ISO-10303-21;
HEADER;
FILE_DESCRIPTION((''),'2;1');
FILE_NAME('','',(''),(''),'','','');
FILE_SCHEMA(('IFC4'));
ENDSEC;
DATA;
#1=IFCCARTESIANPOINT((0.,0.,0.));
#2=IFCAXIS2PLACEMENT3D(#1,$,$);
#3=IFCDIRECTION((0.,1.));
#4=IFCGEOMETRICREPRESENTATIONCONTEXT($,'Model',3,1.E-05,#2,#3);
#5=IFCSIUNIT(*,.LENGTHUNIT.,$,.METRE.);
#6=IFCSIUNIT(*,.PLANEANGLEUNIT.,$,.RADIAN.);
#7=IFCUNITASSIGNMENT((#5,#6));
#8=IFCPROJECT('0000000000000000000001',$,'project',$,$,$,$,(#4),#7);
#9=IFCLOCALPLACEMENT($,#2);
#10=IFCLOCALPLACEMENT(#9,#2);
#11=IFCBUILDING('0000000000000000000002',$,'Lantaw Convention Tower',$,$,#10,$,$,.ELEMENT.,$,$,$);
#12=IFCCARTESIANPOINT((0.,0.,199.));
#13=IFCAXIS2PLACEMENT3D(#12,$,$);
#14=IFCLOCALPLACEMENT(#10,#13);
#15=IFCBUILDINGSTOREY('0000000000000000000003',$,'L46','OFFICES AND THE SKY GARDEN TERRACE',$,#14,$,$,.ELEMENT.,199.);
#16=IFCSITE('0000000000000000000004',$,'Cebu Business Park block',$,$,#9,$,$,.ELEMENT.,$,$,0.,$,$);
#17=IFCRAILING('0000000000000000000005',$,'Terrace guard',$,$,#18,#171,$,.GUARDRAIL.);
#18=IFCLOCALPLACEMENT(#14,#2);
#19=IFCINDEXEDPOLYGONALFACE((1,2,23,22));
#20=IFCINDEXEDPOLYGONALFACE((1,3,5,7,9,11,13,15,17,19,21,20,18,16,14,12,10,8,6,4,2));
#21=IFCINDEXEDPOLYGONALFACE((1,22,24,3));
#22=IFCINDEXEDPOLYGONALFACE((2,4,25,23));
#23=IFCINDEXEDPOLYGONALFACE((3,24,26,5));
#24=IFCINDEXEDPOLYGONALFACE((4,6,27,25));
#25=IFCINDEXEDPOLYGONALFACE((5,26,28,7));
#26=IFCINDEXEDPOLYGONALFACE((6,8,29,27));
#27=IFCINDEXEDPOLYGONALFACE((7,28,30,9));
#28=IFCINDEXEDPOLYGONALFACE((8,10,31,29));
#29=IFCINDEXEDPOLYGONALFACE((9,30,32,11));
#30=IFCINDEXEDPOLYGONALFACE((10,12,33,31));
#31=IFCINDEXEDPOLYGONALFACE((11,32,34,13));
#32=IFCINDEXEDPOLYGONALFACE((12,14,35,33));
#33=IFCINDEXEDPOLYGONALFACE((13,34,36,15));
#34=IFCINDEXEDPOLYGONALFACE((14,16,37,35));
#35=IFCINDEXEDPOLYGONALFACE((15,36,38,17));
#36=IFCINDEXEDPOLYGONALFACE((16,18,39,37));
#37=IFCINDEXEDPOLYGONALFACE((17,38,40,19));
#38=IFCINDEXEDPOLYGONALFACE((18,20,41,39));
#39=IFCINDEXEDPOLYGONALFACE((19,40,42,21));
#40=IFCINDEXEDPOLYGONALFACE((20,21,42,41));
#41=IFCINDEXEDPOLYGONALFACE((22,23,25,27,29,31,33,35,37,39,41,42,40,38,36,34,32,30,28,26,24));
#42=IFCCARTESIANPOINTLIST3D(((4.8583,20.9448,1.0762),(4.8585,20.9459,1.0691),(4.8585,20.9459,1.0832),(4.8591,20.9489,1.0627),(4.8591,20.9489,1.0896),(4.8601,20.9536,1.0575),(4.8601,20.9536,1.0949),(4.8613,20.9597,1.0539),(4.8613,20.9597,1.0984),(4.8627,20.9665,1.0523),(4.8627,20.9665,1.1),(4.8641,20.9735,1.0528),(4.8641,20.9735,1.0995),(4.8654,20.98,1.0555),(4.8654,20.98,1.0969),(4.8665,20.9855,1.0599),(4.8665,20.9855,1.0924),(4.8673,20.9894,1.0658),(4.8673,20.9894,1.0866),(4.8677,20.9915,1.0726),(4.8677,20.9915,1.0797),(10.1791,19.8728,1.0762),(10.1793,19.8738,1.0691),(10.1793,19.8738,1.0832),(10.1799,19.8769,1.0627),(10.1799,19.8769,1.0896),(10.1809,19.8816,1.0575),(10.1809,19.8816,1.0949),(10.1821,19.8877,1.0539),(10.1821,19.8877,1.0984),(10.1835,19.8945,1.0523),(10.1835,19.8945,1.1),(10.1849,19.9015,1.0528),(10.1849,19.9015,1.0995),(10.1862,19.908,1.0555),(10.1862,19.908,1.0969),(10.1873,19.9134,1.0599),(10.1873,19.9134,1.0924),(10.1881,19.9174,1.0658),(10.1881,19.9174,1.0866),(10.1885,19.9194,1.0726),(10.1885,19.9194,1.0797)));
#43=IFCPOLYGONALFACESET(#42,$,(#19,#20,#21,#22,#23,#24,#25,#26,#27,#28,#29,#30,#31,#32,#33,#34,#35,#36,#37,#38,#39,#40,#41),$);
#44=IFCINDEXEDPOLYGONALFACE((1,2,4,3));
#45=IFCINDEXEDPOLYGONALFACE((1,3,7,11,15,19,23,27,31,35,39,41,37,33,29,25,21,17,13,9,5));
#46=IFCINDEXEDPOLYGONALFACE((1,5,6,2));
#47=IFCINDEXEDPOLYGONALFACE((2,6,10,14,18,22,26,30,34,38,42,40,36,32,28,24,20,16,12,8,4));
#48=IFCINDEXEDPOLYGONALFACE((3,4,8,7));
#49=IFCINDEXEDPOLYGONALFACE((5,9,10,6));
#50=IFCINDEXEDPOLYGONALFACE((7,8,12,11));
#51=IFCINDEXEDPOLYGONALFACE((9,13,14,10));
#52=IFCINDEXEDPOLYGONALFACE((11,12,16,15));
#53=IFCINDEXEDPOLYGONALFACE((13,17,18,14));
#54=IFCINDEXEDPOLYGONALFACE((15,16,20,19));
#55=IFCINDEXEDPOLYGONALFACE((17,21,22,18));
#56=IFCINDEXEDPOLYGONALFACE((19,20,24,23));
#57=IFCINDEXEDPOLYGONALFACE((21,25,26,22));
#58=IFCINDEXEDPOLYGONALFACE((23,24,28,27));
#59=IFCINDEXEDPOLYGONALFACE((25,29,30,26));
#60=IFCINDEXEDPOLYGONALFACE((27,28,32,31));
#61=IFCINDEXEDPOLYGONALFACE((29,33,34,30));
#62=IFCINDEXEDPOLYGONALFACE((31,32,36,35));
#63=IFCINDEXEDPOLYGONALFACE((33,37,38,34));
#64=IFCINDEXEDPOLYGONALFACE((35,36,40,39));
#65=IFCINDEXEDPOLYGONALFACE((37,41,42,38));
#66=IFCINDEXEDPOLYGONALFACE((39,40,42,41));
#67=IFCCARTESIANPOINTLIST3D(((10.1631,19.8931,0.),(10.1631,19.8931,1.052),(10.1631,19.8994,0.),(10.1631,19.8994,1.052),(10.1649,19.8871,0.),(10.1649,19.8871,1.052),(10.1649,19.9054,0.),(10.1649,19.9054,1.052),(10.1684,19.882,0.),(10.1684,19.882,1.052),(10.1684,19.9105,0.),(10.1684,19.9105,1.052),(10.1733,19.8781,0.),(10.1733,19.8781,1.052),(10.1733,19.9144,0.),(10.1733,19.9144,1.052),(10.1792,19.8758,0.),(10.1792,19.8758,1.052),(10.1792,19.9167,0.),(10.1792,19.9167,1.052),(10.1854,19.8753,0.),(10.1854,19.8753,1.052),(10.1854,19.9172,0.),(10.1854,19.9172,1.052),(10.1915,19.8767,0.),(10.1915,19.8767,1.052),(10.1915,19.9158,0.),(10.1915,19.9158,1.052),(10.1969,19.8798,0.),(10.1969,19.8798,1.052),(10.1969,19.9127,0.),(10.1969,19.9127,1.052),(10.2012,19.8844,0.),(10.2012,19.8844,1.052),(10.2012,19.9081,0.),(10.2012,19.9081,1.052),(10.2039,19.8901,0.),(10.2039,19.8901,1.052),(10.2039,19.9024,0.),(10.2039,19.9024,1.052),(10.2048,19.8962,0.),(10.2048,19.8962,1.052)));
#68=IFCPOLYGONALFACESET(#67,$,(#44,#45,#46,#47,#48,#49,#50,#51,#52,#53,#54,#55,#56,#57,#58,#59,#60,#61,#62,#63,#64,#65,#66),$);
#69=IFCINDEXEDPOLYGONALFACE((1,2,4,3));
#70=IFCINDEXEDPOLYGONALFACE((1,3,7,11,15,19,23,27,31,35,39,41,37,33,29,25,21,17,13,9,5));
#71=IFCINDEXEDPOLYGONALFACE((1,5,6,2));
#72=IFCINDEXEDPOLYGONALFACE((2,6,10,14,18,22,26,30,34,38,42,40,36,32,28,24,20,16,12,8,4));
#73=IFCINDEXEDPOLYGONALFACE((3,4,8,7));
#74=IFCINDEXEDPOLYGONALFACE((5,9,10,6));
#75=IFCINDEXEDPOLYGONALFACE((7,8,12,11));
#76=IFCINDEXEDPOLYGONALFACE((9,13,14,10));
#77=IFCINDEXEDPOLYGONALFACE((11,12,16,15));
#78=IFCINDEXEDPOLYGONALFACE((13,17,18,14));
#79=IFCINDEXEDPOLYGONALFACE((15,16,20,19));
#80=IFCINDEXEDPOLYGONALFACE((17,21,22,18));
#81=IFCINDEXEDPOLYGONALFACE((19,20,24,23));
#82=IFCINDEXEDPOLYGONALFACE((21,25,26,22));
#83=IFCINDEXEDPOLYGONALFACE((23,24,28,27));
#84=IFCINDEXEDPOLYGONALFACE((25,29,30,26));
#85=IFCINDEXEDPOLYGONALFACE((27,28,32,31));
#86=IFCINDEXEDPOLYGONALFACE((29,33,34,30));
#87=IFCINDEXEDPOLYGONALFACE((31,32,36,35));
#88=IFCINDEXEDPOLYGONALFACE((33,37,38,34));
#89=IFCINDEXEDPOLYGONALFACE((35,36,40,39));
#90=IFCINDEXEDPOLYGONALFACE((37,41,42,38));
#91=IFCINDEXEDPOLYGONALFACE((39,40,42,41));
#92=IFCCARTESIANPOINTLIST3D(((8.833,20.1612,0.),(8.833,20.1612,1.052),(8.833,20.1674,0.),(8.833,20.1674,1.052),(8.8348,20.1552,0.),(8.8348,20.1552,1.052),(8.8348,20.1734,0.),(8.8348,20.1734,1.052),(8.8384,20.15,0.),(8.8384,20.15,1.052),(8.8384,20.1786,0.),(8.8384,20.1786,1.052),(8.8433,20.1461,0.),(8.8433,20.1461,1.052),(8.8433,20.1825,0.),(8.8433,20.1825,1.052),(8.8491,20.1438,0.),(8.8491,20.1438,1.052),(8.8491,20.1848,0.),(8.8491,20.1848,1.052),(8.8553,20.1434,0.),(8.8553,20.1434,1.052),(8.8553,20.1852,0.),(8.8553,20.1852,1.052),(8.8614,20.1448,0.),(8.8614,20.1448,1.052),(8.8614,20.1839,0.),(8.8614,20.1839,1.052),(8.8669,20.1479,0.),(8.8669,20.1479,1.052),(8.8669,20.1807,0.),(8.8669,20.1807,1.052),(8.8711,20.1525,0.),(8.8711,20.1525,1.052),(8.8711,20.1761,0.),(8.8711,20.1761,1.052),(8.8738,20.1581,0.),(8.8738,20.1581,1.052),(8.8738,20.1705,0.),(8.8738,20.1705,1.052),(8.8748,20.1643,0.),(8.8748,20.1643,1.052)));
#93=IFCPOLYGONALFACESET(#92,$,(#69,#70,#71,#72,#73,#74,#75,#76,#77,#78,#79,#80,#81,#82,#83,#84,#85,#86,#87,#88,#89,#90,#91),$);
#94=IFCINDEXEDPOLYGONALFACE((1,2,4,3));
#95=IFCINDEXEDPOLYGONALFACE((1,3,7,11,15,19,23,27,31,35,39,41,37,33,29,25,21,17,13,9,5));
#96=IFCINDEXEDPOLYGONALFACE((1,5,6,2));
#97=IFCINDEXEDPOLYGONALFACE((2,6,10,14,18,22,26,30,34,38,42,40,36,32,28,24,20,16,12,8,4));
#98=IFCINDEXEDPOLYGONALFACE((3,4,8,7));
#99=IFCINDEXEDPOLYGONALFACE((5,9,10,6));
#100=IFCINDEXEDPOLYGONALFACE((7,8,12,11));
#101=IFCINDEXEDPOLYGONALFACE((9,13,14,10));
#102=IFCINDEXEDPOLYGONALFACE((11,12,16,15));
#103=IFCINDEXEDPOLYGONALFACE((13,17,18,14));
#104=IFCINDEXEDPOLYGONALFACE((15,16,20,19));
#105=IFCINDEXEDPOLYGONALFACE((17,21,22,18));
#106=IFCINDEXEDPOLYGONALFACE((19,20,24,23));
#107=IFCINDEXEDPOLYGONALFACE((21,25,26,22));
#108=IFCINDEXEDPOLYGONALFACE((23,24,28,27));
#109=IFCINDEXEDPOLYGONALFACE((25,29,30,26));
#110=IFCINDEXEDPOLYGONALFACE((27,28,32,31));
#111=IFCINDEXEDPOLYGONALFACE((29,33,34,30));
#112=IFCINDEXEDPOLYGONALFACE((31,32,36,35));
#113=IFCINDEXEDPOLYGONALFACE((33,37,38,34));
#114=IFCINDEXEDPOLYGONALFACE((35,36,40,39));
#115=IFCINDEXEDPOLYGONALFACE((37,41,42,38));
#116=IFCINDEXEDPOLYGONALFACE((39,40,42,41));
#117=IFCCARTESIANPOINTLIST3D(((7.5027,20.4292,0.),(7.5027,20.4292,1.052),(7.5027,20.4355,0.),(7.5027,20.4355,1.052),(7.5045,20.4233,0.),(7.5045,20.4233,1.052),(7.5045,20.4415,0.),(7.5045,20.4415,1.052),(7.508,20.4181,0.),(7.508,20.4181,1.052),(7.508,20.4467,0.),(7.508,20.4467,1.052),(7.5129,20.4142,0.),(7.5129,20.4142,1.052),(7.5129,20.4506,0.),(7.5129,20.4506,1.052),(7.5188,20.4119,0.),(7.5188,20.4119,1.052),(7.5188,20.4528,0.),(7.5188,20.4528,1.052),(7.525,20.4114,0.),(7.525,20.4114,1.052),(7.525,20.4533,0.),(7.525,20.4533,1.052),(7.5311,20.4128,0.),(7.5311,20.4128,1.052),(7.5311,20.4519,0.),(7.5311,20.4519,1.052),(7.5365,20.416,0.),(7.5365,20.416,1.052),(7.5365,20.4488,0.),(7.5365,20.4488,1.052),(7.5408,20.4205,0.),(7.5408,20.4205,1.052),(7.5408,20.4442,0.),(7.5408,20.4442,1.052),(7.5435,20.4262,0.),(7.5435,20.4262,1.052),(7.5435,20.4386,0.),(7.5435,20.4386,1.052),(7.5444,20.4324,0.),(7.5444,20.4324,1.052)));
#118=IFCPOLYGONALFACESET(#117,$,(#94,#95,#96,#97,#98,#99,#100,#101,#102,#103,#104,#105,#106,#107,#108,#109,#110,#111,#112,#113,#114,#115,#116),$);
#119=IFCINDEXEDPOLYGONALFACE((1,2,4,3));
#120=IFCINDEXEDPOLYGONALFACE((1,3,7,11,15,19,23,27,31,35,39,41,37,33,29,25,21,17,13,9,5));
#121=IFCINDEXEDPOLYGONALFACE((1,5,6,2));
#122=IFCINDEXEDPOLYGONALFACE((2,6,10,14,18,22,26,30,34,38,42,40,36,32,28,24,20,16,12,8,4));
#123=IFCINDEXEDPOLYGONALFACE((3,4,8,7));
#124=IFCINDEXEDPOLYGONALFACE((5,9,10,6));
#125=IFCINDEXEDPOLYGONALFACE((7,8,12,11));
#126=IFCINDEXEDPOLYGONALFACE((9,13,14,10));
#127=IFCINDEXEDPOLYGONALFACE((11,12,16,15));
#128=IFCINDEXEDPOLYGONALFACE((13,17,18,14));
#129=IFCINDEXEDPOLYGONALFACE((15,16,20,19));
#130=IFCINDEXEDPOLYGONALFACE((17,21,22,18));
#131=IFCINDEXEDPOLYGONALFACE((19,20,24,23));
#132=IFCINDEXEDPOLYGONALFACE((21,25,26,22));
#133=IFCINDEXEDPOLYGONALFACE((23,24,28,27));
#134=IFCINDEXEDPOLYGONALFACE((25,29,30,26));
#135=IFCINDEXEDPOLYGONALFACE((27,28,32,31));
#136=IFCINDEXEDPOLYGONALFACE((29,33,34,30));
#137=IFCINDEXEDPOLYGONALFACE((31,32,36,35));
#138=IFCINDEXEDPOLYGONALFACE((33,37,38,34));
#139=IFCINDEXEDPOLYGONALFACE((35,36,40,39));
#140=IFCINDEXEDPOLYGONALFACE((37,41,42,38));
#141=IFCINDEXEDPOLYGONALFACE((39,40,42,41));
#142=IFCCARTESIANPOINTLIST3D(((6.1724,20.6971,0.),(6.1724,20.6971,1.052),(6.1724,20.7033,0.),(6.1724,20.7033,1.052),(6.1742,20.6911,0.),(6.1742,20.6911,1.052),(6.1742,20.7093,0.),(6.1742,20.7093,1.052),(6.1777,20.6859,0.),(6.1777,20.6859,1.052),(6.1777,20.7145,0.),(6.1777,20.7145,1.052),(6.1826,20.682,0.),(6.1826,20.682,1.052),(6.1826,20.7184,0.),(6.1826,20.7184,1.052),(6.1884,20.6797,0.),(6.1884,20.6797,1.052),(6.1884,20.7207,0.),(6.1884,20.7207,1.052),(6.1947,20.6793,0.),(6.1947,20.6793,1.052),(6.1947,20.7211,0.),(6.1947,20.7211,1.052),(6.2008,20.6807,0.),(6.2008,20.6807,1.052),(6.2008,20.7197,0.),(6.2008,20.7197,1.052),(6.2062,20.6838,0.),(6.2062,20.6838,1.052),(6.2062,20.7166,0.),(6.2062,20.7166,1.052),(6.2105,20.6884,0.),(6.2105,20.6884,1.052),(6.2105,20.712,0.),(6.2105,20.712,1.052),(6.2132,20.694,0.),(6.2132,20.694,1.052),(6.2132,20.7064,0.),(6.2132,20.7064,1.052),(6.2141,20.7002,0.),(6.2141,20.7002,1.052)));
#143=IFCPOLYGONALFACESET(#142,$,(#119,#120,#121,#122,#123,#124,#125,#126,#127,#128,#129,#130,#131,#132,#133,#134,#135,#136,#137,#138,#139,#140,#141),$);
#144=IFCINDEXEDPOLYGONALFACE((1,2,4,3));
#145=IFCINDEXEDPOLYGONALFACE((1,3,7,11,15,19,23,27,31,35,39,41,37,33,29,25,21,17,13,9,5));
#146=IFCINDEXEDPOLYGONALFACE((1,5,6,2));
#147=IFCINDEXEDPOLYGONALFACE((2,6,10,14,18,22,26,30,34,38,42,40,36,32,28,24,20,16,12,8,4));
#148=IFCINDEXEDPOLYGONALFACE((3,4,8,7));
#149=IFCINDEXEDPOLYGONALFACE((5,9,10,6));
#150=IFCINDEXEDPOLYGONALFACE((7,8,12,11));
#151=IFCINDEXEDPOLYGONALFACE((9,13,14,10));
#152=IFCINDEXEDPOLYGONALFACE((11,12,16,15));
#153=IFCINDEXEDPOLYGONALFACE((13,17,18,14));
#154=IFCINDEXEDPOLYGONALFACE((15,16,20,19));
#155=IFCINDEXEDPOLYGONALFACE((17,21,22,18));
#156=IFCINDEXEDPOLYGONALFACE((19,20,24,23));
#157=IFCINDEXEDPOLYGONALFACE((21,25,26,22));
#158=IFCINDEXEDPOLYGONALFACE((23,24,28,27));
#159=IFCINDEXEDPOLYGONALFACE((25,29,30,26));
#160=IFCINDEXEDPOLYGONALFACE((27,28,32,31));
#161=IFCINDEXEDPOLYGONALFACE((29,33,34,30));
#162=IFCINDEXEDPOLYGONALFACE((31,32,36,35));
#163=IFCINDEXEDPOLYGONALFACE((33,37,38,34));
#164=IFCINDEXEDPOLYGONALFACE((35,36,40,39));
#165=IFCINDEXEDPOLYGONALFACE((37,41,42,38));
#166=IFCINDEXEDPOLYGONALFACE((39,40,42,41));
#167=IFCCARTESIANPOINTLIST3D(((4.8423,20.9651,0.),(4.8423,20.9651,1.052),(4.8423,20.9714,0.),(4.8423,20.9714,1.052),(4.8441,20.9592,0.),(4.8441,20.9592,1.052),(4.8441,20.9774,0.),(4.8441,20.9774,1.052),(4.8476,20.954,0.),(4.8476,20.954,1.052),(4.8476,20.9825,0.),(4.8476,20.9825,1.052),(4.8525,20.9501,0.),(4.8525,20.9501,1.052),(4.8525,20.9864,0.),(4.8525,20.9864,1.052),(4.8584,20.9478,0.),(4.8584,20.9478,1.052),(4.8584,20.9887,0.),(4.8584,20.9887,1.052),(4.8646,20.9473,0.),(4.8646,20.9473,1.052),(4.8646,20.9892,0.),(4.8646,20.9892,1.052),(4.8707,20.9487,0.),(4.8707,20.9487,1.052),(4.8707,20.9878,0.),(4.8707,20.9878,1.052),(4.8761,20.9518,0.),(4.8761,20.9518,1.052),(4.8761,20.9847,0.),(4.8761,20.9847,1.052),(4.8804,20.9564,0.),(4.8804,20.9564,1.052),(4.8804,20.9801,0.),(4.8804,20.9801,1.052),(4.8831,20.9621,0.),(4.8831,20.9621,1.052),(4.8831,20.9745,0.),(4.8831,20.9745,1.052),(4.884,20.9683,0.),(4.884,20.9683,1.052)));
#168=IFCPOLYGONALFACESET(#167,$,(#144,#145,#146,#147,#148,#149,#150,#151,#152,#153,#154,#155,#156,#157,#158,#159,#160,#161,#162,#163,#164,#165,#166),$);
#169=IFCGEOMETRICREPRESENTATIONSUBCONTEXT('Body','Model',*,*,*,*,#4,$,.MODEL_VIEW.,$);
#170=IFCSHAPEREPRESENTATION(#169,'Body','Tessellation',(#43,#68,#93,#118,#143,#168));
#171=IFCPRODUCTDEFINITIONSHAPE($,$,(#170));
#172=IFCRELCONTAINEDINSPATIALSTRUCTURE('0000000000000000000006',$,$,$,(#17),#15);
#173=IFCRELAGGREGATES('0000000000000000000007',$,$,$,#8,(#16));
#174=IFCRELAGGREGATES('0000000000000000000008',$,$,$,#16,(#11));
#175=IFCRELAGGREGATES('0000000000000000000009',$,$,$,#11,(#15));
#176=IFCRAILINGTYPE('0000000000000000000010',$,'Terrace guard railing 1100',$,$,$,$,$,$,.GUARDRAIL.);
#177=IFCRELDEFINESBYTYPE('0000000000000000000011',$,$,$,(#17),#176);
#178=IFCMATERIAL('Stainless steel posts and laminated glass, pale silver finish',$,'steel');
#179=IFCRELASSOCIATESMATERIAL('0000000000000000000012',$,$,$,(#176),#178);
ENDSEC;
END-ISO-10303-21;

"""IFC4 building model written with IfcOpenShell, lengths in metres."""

from ifc_helpers import new_model, si_unit, direction, frame, origin, origin_2d, place, context, subcontext, project, spatial, circle, extrude, material, type_object, element, save


model = new_model("IFC4")

# Units and contexts
model_context = context("Model", 3, precision=1e-05, world=origin(), true_north=direction((0.0, 1.0)))
body_context = subcontext(model_context, "Body", "Model", "MODEL_VIEW")
ifc_project = project(units=[si_unit("LENGTHUNIT", "METRE"), si_unit("PLANEANGLEUNIT", "RADIAN")], contexts=[model_context])

# Site, building, storey
site_placement = place(None, origin())
site = spatial("IfcSite", under=ifc_project, at=site_placement, Name="Cebu Business Park block", CompositionType="ELEMENT", RefElevation=0.0)
building_placement = place(site_placement, origin())
building = spatial("IfcBuilding", under=site, at=building_placement, Name="Lantaw Convention Tower", CompositionType="ELEMENT")
storey_placement = place(building_placement, frame((0.0, 0.0, 199.0)))
storey = spatial("IfcBuildingStorey", under=building, at=storey_placement, Name="L46", Description="OFFICES AND THE SKY GARDEN TERRACE", CompositionType="ELEMENT", Elevation=199.0)

# Railing
ifc_material_1 = material(Name="Stainless steel posts and laminated glass, pale silver finish", Category="steel")
railing_type = type_object("IfcRailingType", Name="Terrace guard railing 1100", PredefinedType="GUARDRAIL", material=ifc_material_1)
railing_1_placement = place(storey_placement, frame((10.1838, 19.8962, 0.0)))
element("IfcRailing", 1, at=railing_1_placement, inside=storey, type_object=railing_type, Name="Terrace guard", PredefinedType="GUARDRAIL", context=body_context, shape_type="SweptSolid", body=[
    extrude(circle(Radius=0.0239, at=origin_2d()), frame((0.0, 0.0, 1.0762), z_axis=(-0.980301, 0.197509, 0.0), x_axis=(-0.197509, -0.980301, 0.0)), (0.0, 0.0, 1.0), 5.4277),
    extrude(circle(Radius=0.021, at=origin_2d()), origin(), (0.0, 0.0, 1.0), 1.052),
    extrude(circle(Radius=0.021, at=origin_2d()), frame((-1.3301, 0.2681, 0.0)), (0.0, 0.0, 1.0), 1.052),
    extrude(circle(Radius=0.021, at=origin_2d()), frame((-2.6604, 0.5361, 0.0)), (0.0, 0.0, 1.0), 1.052),
    extrude(circle(Radius=0.021, at=origin_2d()), frame((-3.9907, 0.804, 0.0)), (0.0, 0.0, 1.0), 1.052),
    extrude(circle(Radius=0.021, at=origin_2d()), frame((-5.3208, 1.072, 0.0)), (0.0, 0.0, 1.0), 1.052),
])

save(model, "model.ifc")
